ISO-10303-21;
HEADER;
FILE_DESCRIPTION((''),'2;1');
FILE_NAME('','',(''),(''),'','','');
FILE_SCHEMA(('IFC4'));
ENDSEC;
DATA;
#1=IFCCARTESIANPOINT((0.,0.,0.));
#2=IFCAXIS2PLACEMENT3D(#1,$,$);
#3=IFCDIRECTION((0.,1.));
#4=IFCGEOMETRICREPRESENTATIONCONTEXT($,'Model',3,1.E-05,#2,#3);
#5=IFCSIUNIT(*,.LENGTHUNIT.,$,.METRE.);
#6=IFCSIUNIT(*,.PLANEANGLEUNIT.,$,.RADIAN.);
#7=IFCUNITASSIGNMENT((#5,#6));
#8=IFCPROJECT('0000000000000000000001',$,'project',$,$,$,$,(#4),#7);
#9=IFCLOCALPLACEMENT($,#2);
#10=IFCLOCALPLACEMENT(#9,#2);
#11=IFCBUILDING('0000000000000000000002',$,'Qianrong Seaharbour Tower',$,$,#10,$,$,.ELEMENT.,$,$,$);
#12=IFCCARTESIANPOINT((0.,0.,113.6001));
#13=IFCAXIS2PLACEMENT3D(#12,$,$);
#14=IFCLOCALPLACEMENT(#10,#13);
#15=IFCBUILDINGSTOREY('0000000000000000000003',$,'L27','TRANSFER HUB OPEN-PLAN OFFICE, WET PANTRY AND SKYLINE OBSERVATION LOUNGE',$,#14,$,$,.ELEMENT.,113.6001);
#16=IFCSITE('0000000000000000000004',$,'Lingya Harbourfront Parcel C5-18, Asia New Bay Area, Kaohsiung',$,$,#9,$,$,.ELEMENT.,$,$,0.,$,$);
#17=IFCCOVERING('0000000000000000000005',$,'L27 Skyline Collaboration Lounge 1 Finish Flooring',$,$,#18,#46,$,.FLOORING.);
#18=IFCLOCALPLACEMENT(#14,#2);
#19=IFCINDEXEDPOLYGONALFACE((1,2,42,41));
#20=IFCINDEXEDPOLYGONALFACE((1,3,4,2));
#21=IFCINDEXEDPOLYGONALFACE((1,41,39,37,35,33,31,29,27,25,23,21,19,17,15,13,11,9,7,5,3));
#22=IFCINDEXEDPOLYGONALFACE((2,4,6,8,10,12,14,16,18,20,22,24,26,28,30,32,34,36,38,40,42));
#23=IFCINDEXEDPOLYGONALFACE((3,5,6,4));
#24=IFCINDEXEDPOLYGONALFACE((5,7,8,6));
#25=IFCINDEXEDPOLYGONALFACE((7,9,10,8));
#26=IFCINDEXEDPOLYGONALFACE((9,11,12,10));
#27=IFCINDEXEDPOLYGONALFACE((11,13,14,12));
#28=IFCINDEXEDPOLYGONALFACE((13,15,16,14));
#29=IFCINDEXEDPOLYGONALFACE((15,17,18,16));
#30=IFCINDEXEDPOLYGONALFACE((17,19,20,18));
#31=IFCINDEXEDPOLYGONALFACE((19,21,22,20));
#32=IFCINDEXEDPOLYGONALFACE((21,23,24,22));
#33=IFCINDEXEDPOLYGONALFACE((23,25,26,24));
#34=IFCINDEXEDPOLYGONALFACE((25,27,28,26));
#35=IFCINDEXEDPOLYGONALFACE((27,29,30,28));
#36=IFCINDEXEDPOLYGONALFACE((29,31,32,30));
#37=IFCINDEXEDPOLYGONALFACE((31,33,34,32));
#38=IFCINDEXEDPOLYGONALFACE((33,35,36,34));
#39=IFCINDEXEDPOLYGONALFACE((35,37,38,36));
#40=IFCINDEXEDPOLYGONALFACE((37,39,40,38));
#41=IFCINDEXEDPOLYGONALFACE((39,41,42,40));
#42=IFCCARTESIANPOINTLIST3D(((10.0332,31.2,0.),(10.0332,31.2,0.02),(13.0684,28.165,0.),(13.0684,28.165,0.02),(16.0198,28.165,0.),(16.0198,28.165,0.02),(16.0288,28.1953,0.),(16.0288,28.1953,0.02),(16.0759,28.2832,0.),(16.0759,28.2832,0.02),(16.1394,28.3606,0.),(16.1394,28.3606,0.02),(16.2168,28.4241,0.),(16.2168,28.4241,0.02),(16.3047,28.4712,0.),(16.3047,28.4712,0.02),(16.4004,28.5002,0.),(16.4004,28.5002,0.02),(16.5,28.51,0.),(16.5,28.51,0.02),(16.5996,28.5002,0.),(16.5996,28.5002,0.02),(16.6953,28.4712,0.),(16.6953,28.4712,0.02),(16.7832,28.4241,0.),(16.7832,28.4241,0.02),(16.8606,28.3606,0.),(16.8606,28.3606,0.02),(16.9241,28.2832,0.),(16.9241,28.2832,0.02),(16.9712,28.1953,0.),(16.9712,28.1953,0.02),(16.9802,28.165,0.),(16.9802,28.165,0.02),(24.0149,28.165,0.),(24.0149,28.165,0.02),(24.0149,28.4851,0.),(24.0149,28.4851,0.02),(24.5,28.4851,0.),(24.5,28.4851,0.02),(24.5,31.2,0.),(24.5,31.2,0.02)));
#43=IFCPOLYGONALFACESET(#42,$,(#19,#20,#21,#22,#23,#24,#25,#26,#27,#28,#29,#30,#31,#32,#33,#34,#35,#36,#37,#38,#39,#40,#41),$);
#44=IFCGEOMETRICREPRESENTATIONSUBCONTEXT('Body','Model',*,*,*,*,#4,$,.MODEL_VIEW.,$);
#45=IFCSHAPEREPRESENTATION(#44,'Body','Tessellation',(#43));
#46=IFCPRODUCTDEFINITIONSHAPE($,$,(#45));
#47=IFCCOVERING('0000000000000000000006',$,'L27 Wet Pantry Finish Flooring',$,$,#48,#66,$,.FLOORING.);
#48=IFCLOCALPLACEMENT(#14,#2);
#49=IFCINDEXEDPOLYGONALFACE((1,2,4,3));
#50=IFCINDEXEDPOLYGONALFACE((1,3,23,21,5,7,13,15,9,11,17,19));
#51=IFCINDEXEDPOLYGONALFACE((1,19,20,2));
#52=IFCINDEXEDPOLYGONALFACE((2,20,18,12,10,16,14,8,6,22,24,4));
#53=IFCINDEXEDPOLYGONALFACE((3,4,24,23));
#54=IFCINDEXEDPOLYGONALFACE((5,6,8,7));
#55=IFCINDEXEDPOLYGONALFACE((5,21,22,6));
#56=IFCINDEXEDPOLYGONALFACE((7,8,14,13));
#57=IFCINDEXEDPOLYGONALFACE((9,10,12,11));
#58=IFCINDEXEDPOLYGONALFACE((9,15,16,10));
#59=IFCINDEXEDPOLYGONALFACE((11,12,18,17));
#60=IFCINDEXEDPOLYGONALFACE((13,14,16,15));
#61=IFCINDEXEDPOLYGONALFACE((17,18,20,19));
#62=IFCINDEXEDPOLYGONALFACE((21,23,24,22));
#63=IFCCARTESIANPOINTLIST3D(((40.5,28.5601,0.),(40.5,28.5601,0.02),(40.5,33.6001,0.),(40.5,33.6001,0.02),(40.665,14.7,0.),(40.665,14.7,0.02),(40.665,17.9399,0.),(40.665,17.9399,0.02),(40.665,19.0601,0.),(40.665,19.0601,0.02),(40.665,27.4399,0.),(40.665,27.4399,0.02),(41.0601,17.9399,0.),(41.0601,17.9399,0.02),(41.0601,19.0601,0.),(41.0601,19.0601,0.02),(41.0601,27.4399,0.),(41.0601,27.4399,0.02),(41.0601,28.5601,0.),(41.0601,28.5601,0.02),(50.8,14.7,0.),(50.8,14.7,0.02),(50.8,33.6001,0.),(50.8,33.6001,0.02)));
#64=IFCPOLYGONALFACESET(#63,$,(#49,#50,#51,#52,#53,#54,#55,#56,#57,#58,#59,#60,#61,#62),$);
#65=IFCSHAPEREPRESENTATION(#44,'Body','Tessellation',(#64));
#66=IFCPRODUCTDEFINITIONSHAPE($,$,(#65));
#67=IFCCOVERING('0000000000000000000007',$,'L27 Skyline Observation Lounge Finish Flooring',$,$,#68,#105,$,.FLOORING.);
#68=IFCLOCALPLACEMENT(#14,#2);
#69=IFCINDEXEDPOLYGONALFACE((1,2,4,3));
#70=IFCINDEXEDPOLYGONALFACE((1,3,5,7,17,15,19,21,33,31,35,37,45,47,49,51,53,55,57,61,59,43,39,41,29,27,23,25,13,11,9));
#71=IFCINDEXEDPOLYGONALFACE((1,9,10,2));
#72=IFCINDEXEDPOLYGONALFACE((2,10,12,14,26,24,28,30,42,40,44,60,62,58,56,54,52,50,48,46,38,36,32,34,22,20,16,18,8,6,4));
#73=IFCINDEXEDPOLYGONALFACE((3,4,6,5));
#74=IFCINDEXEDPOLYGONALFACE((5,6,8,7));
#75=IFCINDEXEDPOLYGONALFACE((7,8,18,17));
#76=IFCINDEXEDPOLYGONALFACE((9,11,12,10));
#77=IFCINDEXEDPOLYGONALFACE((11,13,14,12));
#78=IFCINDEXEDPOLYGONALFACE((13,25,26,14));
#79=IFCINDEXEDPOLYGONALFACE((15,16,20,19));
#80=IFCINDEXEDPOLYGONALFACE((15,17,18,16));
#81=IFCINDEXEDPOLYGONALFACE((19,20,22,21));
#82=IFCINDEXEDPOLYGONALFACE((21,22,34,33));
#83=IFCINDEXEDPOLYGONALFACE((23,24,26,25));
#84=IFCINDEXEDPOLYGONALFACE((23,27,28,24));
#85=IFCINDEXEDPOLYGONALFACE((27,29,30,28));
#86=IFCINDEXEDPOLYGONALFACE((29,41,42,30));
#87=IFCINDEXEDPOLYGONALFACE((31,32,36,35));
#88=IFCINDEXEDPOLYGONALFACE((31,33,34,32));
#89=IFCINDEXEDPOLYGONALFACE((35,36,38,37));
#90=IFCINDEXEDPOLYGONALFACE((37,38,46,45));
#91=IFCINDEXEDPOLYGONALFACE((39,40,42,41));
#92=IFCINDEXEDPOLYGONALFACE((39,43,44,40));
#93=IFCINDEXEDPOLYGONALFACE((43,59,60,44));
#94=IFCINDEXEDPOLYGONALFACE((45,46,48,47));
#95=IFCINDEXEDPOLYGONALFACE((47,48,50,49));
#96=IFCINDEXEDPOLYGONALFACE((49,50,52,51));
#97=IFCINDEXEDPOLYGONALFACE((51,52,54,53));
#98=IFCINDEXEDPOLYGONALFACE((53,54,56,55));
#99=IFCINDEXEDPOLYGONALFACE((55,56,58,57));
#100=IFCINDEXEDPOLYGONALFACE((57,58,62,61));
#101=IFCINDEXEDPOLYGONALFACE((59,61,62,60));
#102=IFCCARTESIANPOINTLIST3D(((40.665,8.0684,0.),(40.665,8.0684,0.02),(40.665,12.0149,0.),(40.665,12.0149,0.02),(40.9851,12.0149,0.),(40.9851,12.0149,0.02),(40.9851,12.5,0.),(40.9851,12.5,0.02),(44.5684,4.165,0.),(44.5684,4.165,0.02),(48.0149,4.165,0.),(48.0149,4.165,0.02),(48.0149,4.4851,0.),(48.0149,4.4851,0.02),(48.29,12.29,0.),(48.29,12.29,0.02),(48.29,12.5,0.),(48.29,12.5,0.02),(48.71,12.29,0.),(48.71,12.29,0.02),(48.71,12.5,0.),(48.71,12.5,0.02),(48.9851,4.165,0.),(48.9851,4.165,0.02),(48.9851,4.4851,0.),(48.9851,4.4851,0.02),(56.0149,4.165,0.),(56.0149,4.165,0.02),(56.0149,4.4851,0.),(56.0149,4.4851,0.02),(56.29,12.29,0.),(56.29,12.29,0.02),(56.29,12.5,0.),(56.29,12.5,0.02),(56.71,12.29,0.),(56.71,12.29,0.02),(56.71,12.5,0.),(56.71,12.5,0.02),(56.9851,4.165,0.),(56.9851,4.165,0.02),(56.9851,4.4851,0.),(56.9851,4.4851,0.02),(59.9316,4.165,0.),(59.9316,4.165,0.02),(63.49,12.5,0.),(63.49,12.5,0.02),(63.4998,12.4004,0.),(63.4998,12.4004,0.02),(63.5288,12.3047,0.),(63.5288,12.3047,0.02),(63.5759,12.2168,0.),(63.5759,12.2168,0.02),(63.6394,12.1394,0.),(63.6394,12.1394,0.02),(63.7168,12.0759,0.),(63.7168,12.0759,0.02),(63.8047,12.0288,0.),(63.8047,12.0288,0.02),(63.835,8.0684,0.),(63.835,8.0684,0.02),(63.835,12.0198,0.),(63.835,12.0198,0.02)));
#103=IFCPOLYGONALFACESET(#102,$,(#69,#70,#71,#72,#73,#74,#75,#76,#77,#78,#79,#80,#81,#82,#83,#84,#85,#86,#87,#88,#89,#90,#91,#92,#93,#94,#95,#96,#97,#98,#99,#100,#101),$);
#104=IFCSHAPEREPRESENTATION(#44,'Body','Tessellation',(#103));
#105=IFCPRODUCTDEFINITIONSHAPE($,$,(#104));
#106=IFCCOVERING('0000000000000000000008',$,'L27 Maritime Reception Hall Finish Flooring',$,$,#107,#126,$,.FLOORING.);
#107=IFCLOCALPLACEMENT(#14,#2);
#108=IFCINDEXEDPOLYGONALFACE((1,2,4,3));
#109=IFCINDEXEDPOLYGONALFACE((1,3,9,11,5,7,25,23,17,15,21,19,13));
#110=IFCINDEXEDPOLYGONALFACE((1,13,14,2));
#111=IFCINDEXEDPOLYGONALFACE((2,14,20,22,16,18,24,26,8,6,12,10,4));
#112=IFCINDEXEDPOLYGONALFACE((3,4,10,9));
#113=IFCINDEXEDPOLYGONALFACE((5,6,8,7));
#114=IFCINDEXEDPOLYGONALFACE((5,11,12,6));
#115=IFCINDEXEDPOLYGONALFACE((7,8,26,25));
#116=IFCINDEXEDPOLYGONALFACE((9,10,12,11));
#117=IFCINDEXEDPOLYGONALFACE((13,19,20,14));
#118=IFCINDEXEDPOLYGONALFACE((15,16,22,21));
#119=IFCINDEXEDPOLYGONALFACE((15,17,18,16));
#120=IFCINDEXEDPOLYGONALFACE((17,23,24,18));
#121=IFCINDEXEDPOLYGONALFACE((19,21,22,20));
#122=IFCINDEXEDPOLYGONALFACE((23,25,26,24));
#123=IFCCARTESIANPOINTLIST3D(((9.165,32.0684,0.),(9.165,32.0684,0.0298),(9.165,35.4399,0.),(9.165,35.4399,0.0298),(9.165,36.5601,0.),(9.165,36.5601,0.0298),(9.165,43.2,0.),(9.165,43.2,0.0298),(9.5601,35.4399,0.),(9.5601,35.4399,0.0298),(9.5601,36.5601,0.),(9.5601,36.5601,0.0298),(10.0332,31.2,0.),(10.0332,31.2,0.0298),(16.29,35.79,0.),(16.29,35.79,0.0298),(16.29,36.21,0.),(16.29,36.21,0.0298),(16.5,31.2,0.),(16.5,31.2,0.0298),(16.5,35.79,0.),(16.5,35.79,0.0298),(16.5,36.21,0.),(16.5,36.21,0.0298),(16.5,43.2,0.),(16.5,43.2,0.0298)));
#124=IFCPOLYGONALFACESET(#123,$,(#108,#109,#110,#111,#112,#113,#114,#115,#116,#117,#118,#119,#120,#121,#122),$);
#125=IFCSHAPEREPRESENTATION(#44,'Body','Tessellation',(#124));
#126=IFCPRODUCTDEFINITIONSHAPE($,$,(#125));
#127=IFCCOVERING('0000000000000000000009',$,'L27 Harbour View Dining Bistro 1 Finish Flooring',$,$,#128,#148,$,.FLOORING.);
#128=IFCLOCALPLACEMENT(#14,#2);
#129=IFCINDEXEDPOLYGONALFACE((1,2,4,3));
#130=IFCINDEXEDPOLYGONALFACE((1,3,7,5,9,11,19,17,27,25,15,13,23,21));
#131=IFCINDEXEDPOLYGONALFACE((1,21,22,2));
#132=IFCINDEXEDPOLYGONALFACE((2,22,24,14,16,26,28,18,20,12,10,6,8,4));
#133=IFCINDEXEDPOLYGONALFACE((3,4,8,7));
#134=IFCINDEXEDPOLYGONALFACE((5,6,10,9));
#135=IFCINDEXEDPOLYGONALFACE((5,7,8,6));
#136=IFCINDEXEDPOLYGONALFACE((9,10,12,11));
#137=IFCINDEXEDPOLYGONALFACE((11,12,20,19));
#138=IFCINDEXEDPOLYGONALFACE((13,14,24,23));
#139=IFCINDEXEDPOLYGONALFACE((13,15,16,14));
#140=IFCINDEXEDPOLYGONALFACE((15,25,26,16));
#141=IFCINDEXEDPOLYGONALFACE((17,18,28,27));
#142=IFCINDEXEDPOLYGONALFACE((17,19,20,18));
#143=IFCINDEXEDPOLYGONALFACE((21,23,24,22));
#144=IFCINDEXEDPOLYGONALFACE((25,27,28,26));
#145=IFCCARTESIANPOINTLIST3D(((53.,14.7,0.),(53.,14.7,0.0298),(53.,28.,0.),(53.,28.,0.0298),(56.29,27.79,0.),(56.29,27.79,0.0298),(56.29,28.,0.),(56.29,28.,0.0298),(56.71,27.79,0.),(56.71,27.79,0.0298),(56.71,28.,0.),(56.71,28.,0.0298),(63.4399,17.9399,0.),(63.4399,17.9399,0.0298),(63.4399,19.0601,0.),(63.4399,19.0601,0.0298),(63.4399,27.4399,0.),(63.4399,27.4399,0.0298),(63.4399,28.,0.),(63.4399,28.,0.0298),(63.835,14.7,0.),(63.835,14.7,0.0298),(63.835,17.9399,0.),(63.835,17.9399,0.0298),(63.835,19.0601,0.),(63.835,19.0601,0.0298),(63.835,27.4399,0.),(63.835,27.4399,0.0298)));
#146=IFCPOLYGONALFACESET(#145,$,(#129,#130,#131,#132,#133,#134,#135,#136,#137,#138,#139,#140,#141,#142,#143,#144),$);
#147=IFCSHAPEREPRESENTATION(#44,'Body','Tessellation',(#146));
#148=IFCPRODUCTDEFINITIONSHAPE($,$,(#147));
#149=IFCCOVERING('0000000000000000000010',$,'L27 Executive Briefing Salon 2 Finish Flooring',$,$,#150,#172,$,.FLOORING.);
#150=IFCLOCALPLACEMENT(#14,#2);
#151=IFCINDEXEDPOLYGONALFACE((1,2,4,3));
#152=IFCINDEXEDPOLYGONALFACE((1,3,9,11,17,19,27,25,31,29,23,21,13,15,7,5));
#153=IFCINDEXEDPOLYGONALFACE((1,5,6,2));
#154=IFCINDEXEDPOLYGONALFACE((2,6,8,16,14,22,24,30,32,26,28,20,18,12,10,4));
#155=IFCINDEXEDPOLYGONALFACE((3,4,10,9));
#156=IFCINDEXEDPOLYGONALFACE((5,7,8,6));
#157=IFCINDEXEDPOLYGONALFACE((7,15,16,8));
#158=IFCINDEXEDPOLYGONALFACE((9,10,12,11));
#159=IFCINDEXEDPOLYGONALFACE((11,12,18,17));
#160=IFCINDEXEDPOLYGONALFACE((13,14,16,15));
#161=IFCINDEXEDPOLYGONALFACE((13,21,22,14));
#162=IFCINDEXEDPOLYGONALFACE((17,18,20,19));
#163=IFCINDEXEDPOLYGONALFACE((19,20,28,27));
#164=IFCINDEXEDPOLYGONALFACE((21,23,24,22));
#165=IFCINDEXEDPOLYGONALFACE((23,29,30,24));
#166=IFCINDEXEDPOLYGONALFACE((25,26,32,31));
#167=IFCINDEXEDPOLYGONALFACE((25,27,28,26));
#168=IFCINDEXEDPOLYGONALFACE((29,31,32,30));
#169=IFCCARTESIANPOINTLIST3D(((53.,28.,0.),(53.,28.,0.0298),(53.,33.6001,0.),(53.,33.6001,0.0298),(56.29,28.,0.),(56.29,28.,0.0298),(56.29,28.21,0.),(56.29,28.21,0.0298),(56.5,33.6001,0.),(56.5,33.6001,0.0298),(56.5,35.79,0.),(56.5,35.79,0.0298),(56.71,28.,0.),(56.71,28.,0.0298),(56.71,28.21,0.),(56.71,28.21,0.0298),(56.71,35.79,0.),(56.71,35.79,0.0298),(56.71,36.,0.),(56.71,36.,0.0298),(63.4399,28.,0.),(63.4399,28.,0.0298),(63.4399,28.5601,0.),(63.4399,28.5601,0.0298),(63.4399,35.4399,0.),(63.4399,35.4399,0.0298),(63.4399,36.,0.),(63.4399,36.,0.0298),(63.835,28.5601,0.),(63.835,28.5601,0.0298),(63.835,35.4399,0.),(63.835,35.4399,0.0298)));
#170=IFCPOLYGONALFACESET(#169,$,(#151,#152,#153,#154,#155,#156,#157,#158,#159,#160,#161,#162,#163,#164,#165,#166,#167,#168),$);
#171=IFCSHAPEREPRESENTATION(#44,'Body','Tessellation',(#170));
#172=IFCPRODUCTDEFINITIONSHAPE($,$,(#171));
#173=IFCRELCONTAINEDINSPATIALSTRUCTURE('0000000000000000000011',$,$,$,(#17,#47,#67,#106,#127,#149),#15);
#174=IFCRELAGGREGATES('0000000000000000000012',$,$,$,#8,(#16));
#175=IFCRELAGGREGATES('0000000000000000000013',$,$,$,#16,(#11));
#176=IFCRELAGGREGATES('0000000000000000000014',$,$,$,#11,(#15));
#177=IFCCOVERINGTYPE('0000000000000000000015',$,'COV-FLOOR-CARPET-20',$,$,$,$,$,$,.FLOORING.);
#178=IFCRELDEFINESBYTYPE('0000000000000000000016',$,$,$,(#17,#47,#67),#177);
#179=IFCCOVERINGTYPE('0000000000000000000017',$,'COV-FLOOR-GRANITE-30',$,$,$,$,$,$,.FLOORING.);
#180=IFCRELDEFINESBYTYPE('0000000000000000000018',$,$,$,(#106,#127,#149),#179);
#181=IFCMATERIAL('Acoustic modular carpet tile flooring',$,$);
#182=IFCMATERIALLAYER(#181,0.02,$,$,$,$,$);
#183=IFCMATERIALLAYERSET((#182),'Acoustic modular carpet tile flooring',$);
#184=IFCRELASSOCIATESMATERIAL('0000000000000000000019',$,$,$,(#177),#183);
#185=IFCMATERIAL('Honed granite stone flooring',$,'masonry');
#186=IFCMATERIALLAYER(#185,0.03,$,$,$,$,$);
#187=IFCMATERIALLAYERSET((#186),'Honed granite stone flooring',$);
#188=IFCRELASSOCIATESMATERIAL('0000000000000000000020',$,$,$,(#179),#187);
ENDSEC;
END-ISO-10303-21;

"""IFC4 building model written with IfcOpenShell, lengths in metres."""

from ifc_helpers import new_model, si_unit, direction, frame, origin, place, context, subcontext, project, spatial, polyline, outline, extrude, material, layer, layer_set, type_object, element, save


model = new_model("IFC4")

# Units and contexts
model_context = context("Model", 3, precision=1e-05, world=origin(), true_north=direction((0.0, 1.0)))
body_context = subcontext(model_context, "Body", "Model", "MODEL_VIEW")
ifc_project = project(units=[si_unit("LENGTHUNIT", "METRE"), si_unit("PLANEANGLEUNIT", "RADIAN")], contexts=[model_context])

# Site, building, storey
site_placement = place(None, origin())
site = spatial("IfcSite", under=ifc_project, at=site_placement, Name="Lingya Harbourfront Parcel C5-18, Asia New Bay Area, Kaohsiung", CompositionType="ELEMENT", RefElevation=0.0)
building_placement = place(site_placement, origin())
building = spatial("IfcBuilding", under=site, at=building_placement, Name="Qianrong Seaharbour Tower", CompositionType="ELEMENT")
storey_placement = place(building_placement, frame((0.0, 0.0, 113.6001)))
storey = spatial("IfcBuildingStorey", under=building, at=storey_placement, Name="L27", Description="TRANSFER HUB OPEN-PLAN OFFICE, WET PANTRY AND SKYLINE OBSERVATION LOUNGE", CompositionType="ELEMENT", Elevation=113.6001)

# Coverings
ifc_material_1 = material(Name="Acoustic modular carpet tile flooring")
ifc_layer_1 = layer(ifc_material_1, 0.02)
ifc_layer_set_1 = layer_set([ifc_layer_1], Name="Acoustic modular carpet tile flooring")
covering_type_1 = type_object("IfcCoveringType", Name="COV-FLOOR-CARPET-20", PredefinedType="FLOORING", material=ifc_layer_set_1)
covering_1_placement = place(storey_placement, origin())
element("IfcCovering", 1, at=covering_1_placement, inside=storey, type_object=covering_type_1, Name="L27 Skyline Collaboration Lounge 1 Finish Flooring", PredefinedType="FLOORING", context=body_context, shape_type="SweptSolid", body=[
    extrude(outline(polyline([(16.9802, 28.165), (16.9712, 28.1953), (16.9241, 28.2832), (16.8606, 28.3606), (16.7832, 28.4241), (16.6953, 28.4712), (16.5996, 28.5002), (16.5, 28.51), (16.4004, 28.5002), (16.3047, 28.4712), (16.2168, 28.4241), (16.1394, 28.3606), (16.0759, 28.2832), (16.0288, 28.1953), (16.0198, 28.165), (13.0684, 28.165), (10.0332, 31.2), (24.5, 31.2), (24.5, 28.4851), (24.0149, 28.4851), (24.0149, 28.165), (16.9802, 28.165)])), origin(), (0.0, 0.0, 1.0), 0.02),
])
covering_2_placement = place(storey_placement, origin())
element("IfcCovering", 2, at=covering_2_placement, inside=storey, type_object=covering_type_1, Name="L27 Wet Pantry Finish Flooring", PredefinedType="FLOORING", context=body_context, shape_type="SweptSolid", body=[
    extrude(outline(polyline([(50.8, 14.7), (40.665, 14.7), (40.665, 17.9399), (41.0601, 17.9399), (41.0601, 19.0601), (40.665, 19.0601), (40.665, 27.4399), (41.0601, 27.4399), (41.0601, 28.5601), (40.5, 28.5601), (40.5, 33.6001), (50.8, 33.6001), (50.8, 14.7)])), origin(), (0.0, 0.0, 1.0), 0.02),
])
covering_3_placement = place(storey_placement, origin())
element("IfcCovering", 3, at=covering_3_placement, inside=storey, type_object=covering_type_1, Name="L27 Skyline Observation Lounge Finish Flooring", PredefinedType="FLOORING", context=body_context, shape_type="SweptSolid", body=[
    extrude(outline(polyline([(59.9316, 4.165), (56.9851, 4.165), (56.9851, 4.4851), (56.0149, 4.4851), (56.0149, 4.165), (48.9851, 4.165), (48.9851, 4.4851), (48.0149, 4.4851), (48.0149, 4.165), (44.5684, 4.165), (40.665, 8.0684), (40.665, 12.0149), (40.9851, 12.0149), (40.9851, 12.5), (48.29, 12.5), (48.29, 12.29), (48.71, 12.29), (48.71, 12.5), (56.29, 12.5), (56.29, 12.29), (56.71, 12.29), (56.71, 12.5), (63.49, 12.5), (63.4998, 12.4004), (63.5288, 12.3047), (63.5759, 12.2168), (63.6394, 12.1394), (63.7168, 12.0759), (63.8047, 12.0288), (63.835, 12.0198), (63.835, 8.0684), (59.9316, 4.165)])), origin(), (0.0, 0.0, 1.0), 0.02),
])
ifc_material_2 = material(Name="Honed granite stone flooring", Category="masonry")
ifc_layer_2 = layer(ifc_material_2, 0.03)
ifc_layer_set_2 = layer_set([ifc_layer_2], Name="Honed granite stone flooring")
covering_type_2 = type_object("IfcCoveringType", Name="COV-FLOOR-GRANITE-30", PredefinedType="FLOORING", material=ifc_layer_set_2)
covering_4_placement = place(storey_placement, origin())
element("IfcCovering", 4, at=covering_4_placement, inside=storey, type_object=covering_type_2, Name="L27 Maritime Reception Hall Finish Flooring", PredefinedType="FLOORING", context=body_context, shape_type="SweptSolid", body=[
    extrude(outline(polyline([(10.0332, 31.2), (9.165, 32.0684), (9.165, 35.4399), (9.5601, 35.4399), (9.5601, 36.5601), (9.165, 36.5601), (9.165, 43.2), (16.5, 43.2), (16.5, 36.21), (16.29, 36.21), (16.29, 35.79), (16.5, 35.79), (16.5, 31.2), (10.0332, 31.2)])), origin(), (0.0, 0.0, 1.0), 0.0298),
])
covering_5_placement = place(storey_placement, origin())
element("IfcCovering", 5, at=covering_5_placement, inside=storey, type_object=covering_type_2, Name="L27 Harbour View Dining Bistro 1 Finish Flooring", PredefinedType="FLOORING", context=body_context, shape_type="SweptSolid", body=[
    extrude(outline(polyline([(56.29, 28.0), (56.29, 27.79), (56.71, 27.79), (56.71, 28.0), (63.4399, 28.0), (63.4399, 27.4399), (63.835, 27.4399), (63.835, 19.0601), (63.4399, 19.0601), (63.4399, 17.9399), (63.835, 17.9399), (63.835, 14.7), (53.0, 14.7), (53.0, 28.0), (56.29, 28.0)])), origin(), (0.0, 0.0, 1.0), 0.0298),
])
covering_6_placement = place(storey_placement, origin())
element("IfcCovering", 6, at=covering_6_placement, inside=storey, type_object=covering_type_2, Name="L27 Executive Briefing Salon 2 Finish Flooring", PredefinedType="FLOORING", context=body_context, shape_type="SweptSolid", body=[
    extrude(outline(polyline([(56.5, 33.6001), (56.5, 35.79), (56.71, 35.79), (56.71, 36.0), (63.4399, 36.0), (63.4399, 35.4399), (63.835, 35.4399), (63.835, 28.5601), (63.4399, 28.5601), (63.4399, 28.0), (56.71, 28.0), (56.71, 28.21), (56.29, 28.21), (56.29, 28.0), (53.0, 28.0), (53.0, 33.6001), (56.5, 33.6001)])), origin(), (0.0, 0.0, 1.0), 0.0298),
])

save(model, "model.ifc")
